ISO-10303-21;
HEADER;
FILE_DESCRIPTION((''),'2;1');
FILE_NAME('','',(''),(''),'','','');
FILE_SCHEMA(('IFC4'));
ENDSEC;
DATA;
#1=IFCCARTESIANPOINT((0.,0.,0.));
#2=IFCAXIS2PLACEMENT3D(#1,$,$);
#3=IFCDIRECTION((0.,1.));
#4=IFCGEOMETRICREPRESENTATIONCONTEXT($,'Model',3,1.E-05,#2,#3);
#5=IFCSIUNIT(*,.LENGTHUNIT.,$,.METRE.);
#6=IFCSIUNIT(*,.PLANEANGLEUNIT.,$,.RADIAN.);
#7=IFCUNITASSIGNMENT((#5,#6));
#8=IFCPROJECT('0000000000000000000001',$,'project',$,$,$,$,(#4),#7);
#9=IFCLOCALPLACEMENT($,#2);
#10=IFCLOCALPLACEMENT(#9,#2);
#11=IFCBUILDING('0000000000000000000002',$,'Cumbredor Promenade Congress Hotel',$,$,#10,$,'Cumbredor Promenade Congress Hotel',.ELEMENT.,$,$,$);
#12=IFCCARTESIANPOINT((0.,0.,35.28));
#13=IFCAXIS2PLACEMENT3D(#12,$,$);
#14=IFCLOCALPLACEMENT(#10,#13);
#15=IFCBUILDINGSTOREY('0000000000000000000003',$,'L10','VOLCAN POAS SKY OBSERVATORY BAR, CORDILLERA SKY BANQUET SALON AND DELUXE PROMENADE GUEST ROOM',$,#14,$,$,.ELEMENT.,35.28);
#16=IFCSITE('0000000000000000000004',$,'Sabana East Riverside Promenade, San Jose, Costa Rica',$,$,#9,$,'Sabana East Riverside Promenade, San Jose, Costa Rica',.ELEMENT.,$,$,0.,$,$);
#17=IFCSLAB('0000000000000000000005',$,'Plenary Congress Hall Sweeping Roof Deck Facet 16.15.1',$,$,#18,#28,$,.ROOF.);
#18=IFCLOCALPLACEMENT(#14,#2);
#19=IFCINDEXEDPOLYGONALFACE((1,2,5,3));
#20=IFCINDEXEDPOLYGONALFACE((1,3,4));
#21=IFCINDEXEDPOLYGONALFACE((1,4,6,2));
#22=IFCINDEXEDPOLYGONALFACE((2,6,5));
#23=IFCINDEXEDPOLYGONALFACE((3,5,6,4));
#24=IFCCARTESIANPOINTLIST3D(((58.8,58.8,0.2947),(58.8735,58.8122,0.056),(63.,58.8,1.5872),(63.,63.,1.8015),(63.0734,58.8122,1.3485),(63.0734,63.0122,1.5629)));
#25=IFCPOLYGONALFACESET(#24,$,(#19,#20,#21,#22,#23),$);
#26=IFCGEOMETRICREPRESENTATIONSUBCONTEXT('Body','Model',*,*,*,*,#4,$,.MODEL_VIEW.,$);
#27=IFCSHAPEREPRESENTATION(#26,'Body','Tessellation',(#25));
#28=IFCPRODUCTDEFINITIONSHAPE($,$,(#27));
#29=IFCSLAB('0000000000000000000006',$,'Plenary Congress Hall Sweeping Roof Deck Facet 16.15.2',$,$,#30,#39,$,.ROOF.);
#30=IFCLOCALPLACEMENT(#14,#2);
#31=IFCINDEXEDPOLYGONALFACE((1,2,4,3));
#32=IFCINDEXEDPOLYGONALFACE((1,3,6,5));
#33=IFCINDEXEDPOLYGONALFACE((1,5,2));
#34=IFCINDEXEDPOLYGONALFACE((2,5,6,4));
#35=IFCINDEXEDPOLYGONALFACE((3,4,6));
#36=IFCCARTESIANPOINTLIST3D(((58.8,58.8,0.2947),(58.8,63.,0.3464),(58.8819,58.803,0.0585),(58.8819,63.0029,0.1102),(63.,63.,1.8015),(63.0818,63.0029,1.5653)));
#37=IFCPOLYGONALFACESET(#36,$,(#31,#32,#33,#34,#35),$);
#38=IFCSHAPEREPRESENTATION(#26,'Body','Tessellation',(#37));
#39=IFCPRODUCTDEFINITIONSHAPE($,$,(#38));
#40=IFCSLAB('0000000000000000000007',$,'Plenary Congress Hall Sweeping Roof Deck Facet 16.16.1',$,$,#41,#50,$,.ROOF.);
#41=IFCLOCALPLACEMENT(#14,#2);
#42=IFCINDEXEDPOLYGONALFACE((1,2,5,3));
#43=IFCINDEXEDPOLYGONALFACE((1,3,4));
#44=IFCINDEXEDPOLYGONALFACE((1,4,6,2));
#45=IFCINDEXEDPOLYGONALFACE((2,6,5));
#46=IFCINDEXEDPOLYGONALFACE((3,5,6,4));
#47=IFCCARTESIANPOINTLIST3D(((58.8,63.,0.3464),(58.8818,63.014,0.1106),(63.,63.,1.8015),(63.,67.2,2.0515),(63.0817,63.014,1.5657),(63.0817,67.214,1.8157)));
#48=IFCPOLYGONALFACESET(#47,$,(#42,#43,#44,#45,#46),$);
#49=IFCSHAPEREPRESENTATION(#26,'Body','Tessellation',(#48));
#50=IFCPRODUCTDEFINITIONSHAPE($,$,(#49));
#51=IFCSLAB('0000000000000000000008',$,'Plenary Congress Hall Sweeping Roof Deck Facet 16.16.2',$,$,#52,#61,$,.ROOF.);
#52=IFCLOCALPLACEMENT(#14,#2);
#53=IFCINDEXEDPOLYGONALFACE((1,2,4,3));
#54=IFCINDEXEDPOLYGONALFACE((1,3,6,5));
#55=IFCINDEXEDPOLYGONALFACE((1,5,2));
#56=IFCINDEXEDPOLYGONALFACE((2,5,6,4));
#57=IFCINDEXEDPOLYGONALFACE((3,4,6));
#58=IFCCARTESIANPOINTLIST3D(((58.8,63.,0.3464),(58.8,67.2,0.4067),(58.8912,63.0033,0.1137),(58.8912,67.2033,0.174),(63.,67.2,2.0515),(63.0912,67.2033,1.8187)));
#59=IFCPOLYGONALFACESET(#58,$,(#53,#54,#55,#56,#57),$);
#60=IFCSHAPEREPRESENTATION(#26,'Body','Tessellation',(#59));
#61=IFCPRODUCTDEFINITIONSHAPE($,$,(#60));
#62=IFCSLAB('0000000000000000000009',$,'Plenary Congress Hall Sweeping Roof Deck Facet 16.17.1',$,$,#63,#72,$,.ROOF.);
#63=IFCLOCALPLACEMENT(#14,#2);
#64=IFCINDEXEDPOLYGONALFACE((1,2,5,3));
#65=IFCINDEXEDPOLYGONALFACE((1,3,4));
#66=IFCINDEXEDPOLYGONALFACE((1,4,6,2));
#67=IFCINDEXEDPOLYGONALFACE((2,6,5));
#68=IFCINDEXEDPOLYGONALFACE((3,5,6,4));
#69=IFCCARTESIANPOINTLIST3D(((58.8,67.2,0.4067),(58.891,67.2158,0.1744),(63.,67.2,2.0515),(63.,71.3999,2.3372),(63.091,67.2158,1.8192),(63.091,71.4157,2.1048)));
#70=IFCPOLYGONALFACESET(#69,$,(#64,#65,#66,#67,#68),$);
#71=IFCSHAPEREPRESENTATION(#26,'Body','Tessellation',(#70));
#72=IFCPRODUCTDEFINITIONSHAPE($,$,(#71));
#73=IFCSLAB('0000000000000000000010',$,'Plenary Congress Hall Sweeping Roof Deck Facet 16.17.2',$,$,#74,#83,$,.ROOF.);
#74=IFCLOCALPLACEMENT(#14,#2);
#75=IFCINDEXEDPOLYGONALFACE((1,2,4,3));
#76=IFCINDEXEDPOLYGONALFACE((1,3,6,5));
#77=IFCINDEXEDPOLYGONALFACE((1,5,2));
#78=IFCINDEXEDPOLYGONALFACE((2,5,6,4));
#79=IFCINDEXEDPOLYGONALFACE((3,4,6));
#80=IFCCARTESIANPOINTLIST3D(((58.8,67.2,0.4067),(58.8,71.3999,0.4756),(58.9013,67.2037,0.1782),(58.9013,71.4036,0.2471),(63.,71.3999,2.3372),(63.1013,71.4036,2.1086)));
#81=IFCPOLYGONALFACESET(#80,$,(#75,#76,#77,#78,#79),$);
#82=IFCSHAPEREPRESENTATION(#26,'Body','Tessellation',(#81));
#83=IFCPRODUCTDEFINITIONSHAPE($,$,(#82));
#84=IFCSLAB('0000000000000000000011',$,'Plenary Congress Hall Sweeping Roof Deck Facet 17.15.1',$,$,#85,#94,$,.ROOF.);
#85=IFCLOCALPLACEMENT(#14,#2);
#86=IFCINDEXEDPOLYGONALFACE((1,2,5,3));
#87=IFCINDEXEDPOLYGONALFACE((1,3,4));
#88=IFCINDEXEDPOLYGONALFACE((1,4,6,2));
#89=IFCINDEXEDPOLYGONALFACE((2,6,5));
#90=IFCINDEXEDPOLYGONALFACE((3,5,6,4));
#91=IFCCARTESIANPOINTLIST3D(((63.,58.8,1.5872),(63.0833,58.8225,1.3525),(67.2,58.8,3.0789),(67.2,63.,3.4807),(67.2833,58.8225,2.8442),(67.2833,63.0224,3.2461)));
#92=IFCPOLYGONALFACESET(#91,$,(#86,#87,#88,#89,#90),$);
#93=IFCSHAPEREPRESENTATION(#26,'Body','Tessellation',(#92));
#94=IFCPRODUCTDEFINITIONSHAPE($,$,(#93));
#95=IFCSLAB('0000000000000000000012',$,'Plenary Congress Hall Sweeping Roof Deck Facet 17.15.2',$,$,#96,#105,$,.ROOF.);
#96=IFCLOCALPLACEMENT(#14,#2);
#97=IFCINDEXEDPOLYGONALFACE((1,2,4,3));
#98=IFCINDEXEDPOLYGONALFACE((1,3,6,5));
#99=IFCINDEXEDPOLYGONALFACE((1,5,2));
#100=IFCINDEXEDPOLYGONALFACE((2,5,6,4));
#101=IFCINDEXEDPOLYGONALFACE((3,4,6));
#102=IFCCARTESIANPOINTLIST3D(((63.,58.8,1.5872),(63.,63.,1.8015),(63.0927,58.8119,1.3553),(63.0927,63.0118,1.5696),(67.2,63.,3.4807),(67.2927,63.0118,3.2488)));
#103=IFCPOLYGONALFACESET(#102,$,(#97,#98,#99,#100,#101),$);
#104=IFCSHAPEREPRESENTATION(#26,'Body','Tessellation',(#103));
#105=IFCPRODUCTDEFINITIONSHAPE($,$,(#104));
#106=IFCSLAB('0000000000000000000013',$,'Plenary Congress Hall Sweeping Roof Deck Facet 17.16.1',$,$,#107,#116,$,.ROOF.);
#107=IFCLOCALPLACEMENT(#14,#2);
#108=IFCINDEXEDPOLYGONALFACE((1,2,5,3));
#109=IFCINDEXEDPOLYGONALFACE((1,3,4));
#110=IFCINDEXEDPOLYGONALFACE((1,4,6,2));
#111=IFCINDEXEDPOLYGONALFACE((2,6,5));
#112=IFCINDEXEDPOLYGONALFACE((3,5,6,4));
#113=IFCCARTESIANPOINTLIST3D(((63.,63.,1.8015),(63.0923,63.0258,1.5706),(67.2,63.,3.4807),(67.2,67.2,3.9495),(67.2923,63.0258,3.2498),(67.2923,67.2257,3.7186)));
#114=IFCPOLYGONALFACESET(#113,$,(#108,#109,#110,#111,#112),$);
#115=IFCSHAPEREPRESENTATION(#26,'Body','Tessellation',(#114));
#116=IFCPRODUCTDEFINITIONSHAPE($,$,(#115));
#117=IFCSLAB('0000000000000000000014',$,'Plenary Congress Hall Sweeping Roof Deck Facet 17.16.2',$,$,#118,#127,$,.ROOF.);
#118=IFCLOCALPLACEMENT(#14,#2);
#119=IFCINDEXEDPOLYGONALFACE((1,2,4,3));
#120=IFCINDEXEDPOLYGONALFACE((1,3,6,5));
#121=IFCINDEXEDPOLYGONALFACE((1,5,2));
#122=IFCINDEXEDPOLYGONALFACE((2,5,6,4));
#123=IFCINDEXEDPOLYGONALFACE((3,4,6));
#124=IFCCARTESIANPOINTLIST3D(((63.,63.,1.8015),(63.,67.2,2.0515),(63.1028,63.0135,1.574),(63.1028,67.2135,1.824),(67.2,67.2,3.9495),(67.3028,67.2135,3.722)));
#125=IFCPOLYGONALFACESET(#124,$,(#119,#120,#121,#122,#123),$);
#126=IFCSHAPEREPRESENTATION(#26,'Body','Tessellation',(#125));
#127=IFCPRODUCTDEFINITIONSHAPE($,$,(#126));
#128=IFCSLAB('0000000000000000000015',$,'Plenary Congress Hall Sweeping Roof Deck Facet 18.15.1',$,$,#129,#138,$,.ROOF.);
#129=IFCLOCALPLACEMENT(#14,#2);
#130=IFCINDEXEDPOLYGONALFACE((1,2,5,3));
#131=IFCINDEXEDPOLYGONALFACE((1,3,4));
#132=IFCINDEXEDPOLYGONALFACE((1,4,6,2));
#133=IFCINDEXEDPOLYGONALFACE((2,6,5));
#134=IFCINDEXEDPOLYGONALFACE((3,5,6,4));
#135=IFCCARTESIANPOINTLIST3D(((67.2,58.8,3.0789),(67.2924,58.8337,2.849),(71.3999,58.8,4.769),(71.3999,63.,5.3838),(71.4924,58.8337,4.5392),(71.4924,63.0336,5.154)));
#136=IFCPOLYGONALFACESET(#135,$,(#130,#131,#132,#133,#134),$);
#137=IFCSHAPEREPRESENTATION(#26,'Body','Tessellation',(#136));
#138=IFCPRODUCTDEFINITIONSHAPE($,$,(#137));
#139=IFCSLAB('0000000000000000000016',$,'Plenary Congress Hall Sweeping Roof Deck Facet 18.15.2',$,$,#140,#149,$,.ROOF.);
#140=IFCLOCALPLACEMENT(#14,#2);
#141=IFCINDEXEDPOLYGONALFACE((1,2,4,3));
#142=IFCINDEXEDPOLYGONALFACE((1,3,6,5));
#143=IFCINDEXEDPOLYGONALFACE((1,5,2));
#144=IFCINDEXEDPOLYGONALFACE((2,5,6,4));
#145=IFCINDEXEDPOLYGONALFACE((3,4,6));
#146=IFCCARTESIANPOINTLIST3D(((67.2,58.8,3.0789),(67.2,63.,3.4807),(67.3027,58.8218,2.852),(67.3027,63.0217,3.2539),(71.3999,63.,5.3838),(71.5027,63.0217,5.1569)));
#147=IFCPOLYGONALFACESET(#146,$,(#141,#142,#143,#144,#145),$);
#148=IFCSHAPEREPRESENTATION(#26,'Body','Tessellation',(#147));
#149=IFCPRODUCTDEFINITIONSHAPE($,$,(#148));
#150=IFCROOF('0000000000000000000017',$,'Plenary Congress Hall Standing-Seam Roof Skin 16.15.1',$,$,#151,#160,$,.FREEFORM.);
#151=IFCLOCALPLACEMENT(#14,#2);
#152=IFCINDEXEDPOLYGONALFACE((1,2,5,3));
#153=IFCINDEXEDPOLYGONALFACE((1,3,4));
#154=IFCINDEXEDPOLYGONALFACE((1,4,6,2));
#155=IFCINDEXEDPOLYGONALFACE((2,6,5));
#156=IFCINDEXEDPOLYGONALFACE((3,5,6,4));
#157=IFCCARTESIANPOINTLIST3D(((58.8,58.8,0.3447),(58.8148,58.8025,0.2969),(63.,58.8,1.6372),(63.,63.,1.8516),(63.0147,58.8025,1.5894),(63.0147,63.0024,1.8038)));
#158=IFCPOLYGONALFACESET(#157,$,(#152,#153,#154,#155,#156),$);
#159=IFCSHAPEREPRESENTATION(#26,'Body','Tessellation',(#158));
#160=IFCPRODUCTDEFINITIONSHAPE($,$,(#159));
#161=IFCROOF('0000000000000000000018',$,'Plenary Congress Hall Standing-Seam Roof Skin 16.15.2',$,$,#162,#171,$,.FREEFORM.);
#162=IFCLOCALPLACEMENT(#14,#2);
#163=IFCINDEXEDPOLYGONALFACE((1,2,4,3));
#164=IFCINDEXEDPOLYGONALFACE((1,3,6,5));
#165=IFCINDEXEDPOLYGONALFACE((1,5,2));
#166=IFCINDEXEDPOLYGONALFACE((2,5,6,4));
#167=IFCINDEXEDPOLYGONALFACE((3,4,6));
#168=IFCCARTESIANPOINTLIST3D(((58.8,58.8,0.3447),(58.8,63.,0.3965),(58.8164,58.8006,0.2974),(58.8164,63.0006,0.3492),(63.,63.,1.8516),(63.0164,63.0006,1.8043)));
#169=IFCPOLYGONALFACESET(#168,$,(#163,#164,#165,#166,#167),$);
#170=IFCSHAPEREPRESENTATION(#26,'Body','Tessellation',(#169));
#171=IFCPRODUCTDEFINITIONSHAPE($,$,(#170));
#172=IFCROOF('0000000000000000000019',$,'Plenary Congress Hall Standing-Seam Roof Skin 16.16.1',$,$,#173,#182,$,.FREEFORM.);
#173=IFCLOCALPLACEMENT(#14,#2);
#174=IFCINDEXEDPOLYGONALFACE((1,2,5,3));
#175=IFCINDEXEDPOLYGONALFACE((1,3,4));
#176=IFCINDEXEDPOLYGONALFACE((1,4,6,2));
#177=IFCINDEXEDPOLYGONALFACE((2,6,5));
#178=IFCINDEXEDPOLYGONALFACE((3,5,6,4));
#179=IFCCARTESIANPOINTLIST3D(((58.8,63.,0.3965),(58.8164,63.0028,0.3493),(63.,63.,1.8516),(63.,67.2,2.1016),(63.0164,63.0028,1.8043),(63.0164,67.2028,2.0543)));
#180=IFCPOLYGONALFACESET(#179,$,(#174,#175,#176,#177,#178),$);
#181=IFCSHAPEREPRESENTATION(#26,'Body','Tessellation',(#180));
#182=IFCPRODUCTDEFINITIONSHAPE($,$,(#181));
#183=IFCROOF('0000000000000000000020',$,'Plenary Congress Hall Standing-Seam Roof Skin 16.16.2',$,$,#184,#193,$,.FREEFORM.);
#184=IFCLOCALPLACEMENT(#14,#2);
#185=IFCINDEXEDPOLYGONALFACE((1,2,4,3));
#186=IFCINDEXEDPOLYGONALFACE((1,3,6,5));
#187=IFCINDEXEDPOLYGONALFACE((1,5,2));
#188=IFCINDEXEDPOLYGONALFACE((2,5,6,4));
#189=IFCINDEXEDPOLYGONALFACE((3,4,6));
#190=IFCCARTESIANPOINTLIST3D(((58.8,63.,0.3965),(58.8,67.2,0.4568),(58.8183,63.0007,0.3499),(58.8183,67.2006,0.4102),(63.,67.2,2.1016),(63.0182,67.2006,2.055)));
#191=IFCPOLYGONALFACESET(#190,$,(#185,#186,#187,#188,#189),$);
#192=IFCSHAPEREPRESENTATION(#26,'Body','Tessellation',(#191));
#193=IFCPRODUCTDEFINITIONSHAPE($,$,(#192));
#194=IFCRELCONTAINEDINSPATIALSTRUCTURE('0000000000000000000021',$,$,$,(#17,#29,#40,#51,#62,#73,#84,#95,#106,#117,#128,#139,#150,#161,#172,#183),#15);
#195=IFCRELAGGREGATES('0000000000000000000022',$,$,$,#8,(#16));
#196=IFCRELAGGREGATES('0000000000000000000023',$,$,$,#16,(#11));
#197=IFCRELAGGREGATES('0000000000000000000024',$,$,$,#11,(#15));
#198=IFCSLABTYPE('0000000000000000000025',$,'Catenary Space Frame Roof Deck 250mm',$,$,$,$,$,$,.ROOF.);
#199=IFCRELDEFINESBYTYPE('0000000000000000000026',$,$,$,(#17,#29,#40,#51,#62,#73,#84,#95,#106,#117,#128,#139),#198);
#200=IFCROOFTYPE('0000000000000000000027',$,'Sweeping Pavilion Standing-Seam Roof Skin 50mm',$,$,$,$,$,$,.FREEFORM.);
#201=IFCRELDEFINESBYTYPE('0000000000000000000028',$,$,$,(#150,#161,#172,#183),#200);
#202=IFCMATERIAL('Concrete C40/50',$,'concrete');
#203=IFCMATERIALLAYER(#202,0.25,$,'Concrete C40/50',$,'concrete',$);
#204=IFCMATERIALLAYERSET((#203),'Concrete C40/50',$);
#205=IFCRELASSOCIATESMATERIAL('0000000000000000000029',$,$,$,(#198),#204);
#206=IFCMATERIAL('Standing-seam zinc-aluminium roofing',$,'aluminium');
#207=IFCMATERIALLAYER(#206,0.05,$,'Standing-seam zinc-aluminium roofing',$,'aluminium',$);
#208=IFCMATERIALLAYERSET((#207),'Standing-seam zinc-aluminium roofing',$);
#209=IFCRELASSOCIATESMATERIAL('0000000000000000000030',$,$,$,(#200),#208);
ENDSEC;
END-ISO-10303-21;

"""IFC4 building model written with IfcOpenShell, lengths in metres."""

from ifc_helpers import new_model, si_unit, direction, frame, origin, place, context, subcontext, project, spatial, polyline, outline, extrude, material, layer, layer_set, type_object, element, save


model = new_model("IFC4")

# Units and contexts
model_context = context("Model", 3, precision=1e-05, world=origin(), true_north=direction((0.0, 1.0)))
body_context = subcontext(model_context, "Body", "Model", "MODEL_VIEW")
ifc_project = project(units=[si_unit("LENGTHUNIT", "METRE"), si_unit("PLANEANGLEUNIT", "RADIAN")], contexts=[model_context])

# Site, building, storey
site_placement = place(None, origin())
site = spatial("IfcSite", under=ifc_project, at=site_placement, Name="Sabana East Riverside Promenade, San Jose, Costa Rica", LongName="Sabana East Riverside Promenade, San Jose, Costa Rica", CompositionType="ELEMENT", RefElevation=0.0)
building_placement = place(site_placement, origin())
building = spatial("IfcBuilding", under=site, at=building_placement, Name="Cumbredor Promenade Congress Hotel", LongName="Cumbredor Promenade Congress Hotel", CompositionType="ELEMENT")
storey_placement = place(building_placement, frame((0.0, 0.0, 35.28)))
storey = spatial("IfcBuildingStorey", under=building, at=storey_placement, Name="L10", Description="VOLCAN POAS SKY OBSERVATORY BAR, CORDILLERA SKY BANQUET SALON AND DELUXE PROMENADE GUEST ROOM", CompositionType="ELEMENT", Elevation=35.28)

# Slabs
ifc_material_1 = material(Name="Concrete C40/50", Category="concrete")
ifc_layer_1 = layer(ifc_material_1, 0.25, Name="Concrete C40/50", Category="concrete")
ifc_layer_set_1 = layer_set([ifc_layer_1], Name="Concrete C40/50")
slab_type = type_object("IfcSlabType", Name="Catenary Space Frame Roof Deck 250mm", PredefinedType="ROOF", material=ifc_layer_set_1)
slab_1_placement = place(storey_placement, frame((58.8, 58.8, 0.2947), z_axis=(-0.293776, -0.048722, 0.954632), x_axis=(0.955767, 0.0, 0.294125)))
element("IfcSlab", 1, at=slab_1_placement, inside=storey, type_object=slab_type, Name="Plenary Congress Hall Sweeping Roof Deck Facet 16.15.1", PredefinedType="ROOF", context=body_context, shape_type="SweptSolid", body=[
    extrude(outline(polyline([(0.0, 0.0), (4.3943, 0.0), (4.4574, 4.2049), (0.0, 0.0)])), origin(), (0.0, 0.0, -1.0), 0.25),
])
slab_2_placement = place(storey_placement, frame((58.8, 58.8, 0.2947), z_axis=(-0.327339, -0.011644, 0.944835), x_axis=(0.685395, 0.685395, 0.245902)))
element("IfcSlab", 2, at=slab_2_placement, inside=storey, type_object=slab_type, Name="Plenary Congress Hall Sweeping Roof Deck Facet 16.15.2", PredefinedType="ROOF", context=body_context, shape_type="SweptSolid", body=[
    extrude(outline(polyline([(0.0, 0.0), (6.1278, 0.0), (2.8914, 3.0467), (0.0, 0.0)])), origin(), (0.0, 0.0, -1.0), 0.25),
])
slab_3_placement = place(storey_placement, frame((58.8, 63.0, 0.3464), z_axis=(-0.326845, -0.056156, 0.943408), x_axis=(0.944899, 0.0, 0.327361)))
element("IfcSlab", 3, at=slab_3_placement, inside=storey, type_object=slab_type, Name="Plenary Congress Hall Sweeping Roof Deck Facet 16.16.1", PredefinedType="ROOF", context=body_context, shape_type="SweptSolid", body=[
    extrude(outline(polyline([(0.0, 0.0), (4.4449, 0.0), (4.5267, 4.2066), (0.0, 0.0)])), origin(), (0.0, 0.0, -1.0), 0.25),
])
slab_4_placement = place(storey_placement, frame((58.8, 63.0, 0.3464), z_axis=(-0.36462, -0.013368, 0.931061), x_axis=(0.679657, 0.679657, 0.275924)))
element("IfcSlab", 4, at=slab_4_placement, inside=storey, type_object=slab_type, Name="Plenary Congress Hall Sweeping Roof Deck Facet 16.16.2", PredefinedType="ROOF", context=body_context, shape_type="SweptSolid", body=[
    extrude(outline(polyline([(0.0, 0.0), (6.1795, 0.0), (2.8712, 3.0659), (0.0, 0.0)])), origin(), (0.0, 0.0, -1.0), 0.25),
])
slab_5_placement = place(storey_placement, frame((58.8, 67.2, 0.4067), z_axis=(-0.363923, -0.063202, 0.929282), x_axis=(0.931144, 0.0, 0.364652)))
element("IfcSlab", 5, at=slab_5_placement, inside=storey, type_object=slab_type, Name="Plenary Congress Hall Sweeping Roof Deck Facet 16.17.1", PredefinedType="ROOF", context=body_context, shape_type="SweptSolid", body=[
    extrude(outline(polyline([(0.0, 0.0), (4.5105, 0.0), (4.6147, 4.2084), (0.0, 0.0)])), origin(), (0.0, 0.0, -1.0), 0.25),
])
slab_6_placement = place(storey_placement, frame((58.8, 67.2, 0.4067), z_axis=(-0.405171, -0.014985, 0.914118), x_axis=(0.672481, 0.672481, 0.309092)))
element("IfcSlab", 6, at=slab_6_placement, inside=storey, type_object=slab_type, Name="Plenary Congress Hall Sweeping Roof Deck Facet 16.17.2", PredefinedType="ROOF", context=body_context, shape_type="SweptSolid", body=[
    extrude(outline(polyline([(0.0, 0.0), (6.2455, 0.0), (2.8457, 3.0897), (0.0, 0.0)])), origin(), (0.0, 0.0, -1.0), 0.25),
])
slab_7_placement = place(storey_placement, frame((63.0, 58.8, 1.5872), z_axis=(-0.333335, -0.089799, 0.938522), x_axis=(0.942329, 0.0, 0.334688)))
element("IfcSlab", 7, at=slab_7_placement, inside=storey, type_object=slab_type, Name="Plenary Congress Hall Sweeping Roof Deck Facet 17.15.1", PredefinedType="ROOF", context=body_context, shape_type="SweptSolid", body=[
    extrude(outline(polyline([(0.0, 0.0), (4.457, 0.0), (4.5915, 4.217), (0.0, 0.0)])), origin(), (0.0, 0.0, -1.0), 0.25),
])
slab_8_placement = place(storey_placement, frame((63.0, 58.8, 1.5872), z_axis=(-0.370826, -0.047337, 0.927495), x_axis=(0.6737, 0.6737, 0.303739)))
element("IfcSlab", 8, at=slab_8_placement, inside=storey, type_object=slab_type, Name="Plenary Congress Hall Sweeping Roof Deck Facet 17.15.2", PredefinedType="ROOF", context=body_context, shape_type="SweptSolid", body=[
    extrude(outline(polyline([(0.0, 0.0), (6.2342, 0.0), (2.8946, 3.0507), (0.0, 0.0)])), origin(), (0.0, 0.0, -1.0), 0.25),
])
slab_9_placement = place(storey_placement, frame((63.0, 63.0, 1.8015), z_axis=(-0.369264, -0.10308, 0.92359), x_axis=(0.928536, 0.0, 0.371242)))
element("IfcSlab", 9, at=slab_9_placement, inside=storey, type_object=slab_type, Name="Plenary Congress Hall Sweeping Roof Deck Facet 17.16.1", PredefinedType="ROOF", context=body_context, shape_type="SweptSolid", body=[
    extrude(outline(polyline([(0.0, 0.0), (4.5232, 0.0), (4.6972, 4.2224), (0.0, 0.0)])), origin(), (0.0, 0.0, -1.0), 0.25),
])
slab_10_placement = place(storey_placement, frame((63.0, 63.0, 1.8015), z_axis=(-0.411198, -0.054163, 0.909935), x_axis=(0.664962, 0.664962, 0.340076)))
element("IfcSlab", 10, at=slab_10_placement, inside=storey, type_object=slab_type, Name="Plenary Congress Hall Sweeping Roof Deck Facet 17.16.2", PredefinedType="ROOF", context=body_context, shape_type="SweptSolid", body=[
    extrude(outline(polyline([(0.0, 0.0), (6.3161, 0.0), (2.8778, 3.0692), (0.0, 0.0)])), origin(), (0.0, 0.0, -1.0), 0.25),
])
slab_11_placement = place(storey_placement, frame((67.2, 58.8, 3.0789), z_axis=(-0.369938, -0.134552, 0.919261), x_axis=(0.927697, 0.0, 0.373333)))
element("IfcSlab", 11, at=slab_11_placement, inside=storey, type_object=slab_type, Name="Plenary Congress Hall Sweeping Roof Deck Facet 18.15.1", PredefinedType="ROOF", context=body_context, shape_type="SweptSolid", body=[
    extrude(outline(polyline([(0.0, 0.0), (4.5273, 0.0), (4.7568, 4.2385), (0.0, 0.0)])), origin(), (0.0, 0.0, -1.0), 0.25),
])
slab_12_placement = place(storey_placement, frame((67.2, 58.8, 3.0789), z_axis=(-0.411167, -0.086822, 0.907416), x_axis=(0.659211, 0.659211, 0.361775)))
element("IfcSlab", 12, at=slab_12_placement, inside=storey, type_object=slab_type, Name="Plenary Congress Hall Sweeping Roof Deck Facet 18.15.2", PredefinedType="ROOF", context=body_context, shape_type="SweptSolid", body=[
    extrude(outline(polyline([(0.0, 0.0), (6.3712, 0.0), (2.914, 3.0511), (0.0, 0.0)])), origin(), (0.0, 0.0, -1.0), 0.25),
])

# Roofs
ifc_material_2 = material(Name="Standing-seam zinc-aluminium roofing", Category="aluminium")
ifc_layer_2 = layer(ifc_material_2, 0.05, Name="Standing-seam zinc-aluminium roofing", Category="aluminium")
ifc_layer_set_2 = layer_set([ifc_layer_2], Name="Standing-seam zinc-aluminium roofing")
roof_type = type_object("IfcRoofType", Name="Sweeping Pavilion Standing-Seam Roof Skin 50mm", PredefinedType="FREEFORM", material=ifc_layer_set_2)
roof_1_placement = place(storey_placement, frame((58.8, 58.8, 0.3447), z_axis=(-0.293776, -0.048722, 0.954632), x_axis=(0.955767, 0.0, 0.294125)))
element("IfcRoof", 13, at=roof_1_placement, inside=storey, type_object=roof_type, Name="Plenary Congress Hall Standing-Seam Roof Skin 16.15.1", PredefinedType="FREEFORM", context=body_context, shape_type="SweptSolid", body=[
    extrude(outline(polyline([(0.0, 0.0), (4.3943, 0.0), (4.4574, 4.2049), (0.0, 0.0)])), origin(), (0.0, 0.0, -1.0), 0.05),
])
roof_2_placement = place(storey_placement, frame((58.8, 58.8, 0.3447), z_axis=(-0.327339, -0.011644, 0.944835), x_axis=(0.685395, 0.685395, 0.245902)))
element("IfcRoof", 14, at=roof_2_placement, inside=storey, type_object=roof_type, Name="Plenary Congress Hall Standing-Seam Roof Skin 16.15.2", PredefinedType="FREEFORM", context=body_context, shape_type="SweptSolid", body=[
    extrude(outline(polyline([(0.0, 0.0), (6.1278, 0.0), (2.8914, 3.0467), (0.0, 0.0)])), origin(), (0.0, 0.0, -1.0), 0.05),
])
roof_3_placement = place(storey_placement, frame((58.8, 63.0, 0.3965), z_axis=(-0.326845, -0.056156, 0.943408), x_axis=(0.944899, 0.0, 0.327361)))
element("IfcRoof", 15, at=roof_3_placement, inside=storey, type_object=roof_type, Name="Plenary Congress Hall Standing-Seam Roof Skin 16.16.1", PredefinedType="FREEFORM", context=body_context, shape_type="SweptSolid", body=[
    extrude(outline(polyline([(0.0, 0.0), (4.4449, 0.0), (4.5267, 4.2066), (0.0, 0.0)])), origin(), (0.0, 0.0, -1.0), 0.05),
])
roof_4_placement = place(storey_placement, frame((58.8, 63.0, 0.3965), z_axis=(-0.36462, -0.013368, 0.931061), x_axis=(0.679657, 0.679657, 0.275924)))
element("IfcRoof", 16, at=roof_4_placement, inside=storey, type_object=roof_type, Name="Plenary Congress Hall Standing-Seam Roof Skin 16.16.2", PredefinedType="FREEFORM", context=body_context, shape_type="SweptSolid", body=[
    extrude(outline(polyline([(0.0, 0.0), (6.1795, 0.0), (2.8712, 3.0659), (0.0, 0.0)])), origin(), (0.0, 0.0, -1.0), 0.05),
])

save(model, "model.ifc")
